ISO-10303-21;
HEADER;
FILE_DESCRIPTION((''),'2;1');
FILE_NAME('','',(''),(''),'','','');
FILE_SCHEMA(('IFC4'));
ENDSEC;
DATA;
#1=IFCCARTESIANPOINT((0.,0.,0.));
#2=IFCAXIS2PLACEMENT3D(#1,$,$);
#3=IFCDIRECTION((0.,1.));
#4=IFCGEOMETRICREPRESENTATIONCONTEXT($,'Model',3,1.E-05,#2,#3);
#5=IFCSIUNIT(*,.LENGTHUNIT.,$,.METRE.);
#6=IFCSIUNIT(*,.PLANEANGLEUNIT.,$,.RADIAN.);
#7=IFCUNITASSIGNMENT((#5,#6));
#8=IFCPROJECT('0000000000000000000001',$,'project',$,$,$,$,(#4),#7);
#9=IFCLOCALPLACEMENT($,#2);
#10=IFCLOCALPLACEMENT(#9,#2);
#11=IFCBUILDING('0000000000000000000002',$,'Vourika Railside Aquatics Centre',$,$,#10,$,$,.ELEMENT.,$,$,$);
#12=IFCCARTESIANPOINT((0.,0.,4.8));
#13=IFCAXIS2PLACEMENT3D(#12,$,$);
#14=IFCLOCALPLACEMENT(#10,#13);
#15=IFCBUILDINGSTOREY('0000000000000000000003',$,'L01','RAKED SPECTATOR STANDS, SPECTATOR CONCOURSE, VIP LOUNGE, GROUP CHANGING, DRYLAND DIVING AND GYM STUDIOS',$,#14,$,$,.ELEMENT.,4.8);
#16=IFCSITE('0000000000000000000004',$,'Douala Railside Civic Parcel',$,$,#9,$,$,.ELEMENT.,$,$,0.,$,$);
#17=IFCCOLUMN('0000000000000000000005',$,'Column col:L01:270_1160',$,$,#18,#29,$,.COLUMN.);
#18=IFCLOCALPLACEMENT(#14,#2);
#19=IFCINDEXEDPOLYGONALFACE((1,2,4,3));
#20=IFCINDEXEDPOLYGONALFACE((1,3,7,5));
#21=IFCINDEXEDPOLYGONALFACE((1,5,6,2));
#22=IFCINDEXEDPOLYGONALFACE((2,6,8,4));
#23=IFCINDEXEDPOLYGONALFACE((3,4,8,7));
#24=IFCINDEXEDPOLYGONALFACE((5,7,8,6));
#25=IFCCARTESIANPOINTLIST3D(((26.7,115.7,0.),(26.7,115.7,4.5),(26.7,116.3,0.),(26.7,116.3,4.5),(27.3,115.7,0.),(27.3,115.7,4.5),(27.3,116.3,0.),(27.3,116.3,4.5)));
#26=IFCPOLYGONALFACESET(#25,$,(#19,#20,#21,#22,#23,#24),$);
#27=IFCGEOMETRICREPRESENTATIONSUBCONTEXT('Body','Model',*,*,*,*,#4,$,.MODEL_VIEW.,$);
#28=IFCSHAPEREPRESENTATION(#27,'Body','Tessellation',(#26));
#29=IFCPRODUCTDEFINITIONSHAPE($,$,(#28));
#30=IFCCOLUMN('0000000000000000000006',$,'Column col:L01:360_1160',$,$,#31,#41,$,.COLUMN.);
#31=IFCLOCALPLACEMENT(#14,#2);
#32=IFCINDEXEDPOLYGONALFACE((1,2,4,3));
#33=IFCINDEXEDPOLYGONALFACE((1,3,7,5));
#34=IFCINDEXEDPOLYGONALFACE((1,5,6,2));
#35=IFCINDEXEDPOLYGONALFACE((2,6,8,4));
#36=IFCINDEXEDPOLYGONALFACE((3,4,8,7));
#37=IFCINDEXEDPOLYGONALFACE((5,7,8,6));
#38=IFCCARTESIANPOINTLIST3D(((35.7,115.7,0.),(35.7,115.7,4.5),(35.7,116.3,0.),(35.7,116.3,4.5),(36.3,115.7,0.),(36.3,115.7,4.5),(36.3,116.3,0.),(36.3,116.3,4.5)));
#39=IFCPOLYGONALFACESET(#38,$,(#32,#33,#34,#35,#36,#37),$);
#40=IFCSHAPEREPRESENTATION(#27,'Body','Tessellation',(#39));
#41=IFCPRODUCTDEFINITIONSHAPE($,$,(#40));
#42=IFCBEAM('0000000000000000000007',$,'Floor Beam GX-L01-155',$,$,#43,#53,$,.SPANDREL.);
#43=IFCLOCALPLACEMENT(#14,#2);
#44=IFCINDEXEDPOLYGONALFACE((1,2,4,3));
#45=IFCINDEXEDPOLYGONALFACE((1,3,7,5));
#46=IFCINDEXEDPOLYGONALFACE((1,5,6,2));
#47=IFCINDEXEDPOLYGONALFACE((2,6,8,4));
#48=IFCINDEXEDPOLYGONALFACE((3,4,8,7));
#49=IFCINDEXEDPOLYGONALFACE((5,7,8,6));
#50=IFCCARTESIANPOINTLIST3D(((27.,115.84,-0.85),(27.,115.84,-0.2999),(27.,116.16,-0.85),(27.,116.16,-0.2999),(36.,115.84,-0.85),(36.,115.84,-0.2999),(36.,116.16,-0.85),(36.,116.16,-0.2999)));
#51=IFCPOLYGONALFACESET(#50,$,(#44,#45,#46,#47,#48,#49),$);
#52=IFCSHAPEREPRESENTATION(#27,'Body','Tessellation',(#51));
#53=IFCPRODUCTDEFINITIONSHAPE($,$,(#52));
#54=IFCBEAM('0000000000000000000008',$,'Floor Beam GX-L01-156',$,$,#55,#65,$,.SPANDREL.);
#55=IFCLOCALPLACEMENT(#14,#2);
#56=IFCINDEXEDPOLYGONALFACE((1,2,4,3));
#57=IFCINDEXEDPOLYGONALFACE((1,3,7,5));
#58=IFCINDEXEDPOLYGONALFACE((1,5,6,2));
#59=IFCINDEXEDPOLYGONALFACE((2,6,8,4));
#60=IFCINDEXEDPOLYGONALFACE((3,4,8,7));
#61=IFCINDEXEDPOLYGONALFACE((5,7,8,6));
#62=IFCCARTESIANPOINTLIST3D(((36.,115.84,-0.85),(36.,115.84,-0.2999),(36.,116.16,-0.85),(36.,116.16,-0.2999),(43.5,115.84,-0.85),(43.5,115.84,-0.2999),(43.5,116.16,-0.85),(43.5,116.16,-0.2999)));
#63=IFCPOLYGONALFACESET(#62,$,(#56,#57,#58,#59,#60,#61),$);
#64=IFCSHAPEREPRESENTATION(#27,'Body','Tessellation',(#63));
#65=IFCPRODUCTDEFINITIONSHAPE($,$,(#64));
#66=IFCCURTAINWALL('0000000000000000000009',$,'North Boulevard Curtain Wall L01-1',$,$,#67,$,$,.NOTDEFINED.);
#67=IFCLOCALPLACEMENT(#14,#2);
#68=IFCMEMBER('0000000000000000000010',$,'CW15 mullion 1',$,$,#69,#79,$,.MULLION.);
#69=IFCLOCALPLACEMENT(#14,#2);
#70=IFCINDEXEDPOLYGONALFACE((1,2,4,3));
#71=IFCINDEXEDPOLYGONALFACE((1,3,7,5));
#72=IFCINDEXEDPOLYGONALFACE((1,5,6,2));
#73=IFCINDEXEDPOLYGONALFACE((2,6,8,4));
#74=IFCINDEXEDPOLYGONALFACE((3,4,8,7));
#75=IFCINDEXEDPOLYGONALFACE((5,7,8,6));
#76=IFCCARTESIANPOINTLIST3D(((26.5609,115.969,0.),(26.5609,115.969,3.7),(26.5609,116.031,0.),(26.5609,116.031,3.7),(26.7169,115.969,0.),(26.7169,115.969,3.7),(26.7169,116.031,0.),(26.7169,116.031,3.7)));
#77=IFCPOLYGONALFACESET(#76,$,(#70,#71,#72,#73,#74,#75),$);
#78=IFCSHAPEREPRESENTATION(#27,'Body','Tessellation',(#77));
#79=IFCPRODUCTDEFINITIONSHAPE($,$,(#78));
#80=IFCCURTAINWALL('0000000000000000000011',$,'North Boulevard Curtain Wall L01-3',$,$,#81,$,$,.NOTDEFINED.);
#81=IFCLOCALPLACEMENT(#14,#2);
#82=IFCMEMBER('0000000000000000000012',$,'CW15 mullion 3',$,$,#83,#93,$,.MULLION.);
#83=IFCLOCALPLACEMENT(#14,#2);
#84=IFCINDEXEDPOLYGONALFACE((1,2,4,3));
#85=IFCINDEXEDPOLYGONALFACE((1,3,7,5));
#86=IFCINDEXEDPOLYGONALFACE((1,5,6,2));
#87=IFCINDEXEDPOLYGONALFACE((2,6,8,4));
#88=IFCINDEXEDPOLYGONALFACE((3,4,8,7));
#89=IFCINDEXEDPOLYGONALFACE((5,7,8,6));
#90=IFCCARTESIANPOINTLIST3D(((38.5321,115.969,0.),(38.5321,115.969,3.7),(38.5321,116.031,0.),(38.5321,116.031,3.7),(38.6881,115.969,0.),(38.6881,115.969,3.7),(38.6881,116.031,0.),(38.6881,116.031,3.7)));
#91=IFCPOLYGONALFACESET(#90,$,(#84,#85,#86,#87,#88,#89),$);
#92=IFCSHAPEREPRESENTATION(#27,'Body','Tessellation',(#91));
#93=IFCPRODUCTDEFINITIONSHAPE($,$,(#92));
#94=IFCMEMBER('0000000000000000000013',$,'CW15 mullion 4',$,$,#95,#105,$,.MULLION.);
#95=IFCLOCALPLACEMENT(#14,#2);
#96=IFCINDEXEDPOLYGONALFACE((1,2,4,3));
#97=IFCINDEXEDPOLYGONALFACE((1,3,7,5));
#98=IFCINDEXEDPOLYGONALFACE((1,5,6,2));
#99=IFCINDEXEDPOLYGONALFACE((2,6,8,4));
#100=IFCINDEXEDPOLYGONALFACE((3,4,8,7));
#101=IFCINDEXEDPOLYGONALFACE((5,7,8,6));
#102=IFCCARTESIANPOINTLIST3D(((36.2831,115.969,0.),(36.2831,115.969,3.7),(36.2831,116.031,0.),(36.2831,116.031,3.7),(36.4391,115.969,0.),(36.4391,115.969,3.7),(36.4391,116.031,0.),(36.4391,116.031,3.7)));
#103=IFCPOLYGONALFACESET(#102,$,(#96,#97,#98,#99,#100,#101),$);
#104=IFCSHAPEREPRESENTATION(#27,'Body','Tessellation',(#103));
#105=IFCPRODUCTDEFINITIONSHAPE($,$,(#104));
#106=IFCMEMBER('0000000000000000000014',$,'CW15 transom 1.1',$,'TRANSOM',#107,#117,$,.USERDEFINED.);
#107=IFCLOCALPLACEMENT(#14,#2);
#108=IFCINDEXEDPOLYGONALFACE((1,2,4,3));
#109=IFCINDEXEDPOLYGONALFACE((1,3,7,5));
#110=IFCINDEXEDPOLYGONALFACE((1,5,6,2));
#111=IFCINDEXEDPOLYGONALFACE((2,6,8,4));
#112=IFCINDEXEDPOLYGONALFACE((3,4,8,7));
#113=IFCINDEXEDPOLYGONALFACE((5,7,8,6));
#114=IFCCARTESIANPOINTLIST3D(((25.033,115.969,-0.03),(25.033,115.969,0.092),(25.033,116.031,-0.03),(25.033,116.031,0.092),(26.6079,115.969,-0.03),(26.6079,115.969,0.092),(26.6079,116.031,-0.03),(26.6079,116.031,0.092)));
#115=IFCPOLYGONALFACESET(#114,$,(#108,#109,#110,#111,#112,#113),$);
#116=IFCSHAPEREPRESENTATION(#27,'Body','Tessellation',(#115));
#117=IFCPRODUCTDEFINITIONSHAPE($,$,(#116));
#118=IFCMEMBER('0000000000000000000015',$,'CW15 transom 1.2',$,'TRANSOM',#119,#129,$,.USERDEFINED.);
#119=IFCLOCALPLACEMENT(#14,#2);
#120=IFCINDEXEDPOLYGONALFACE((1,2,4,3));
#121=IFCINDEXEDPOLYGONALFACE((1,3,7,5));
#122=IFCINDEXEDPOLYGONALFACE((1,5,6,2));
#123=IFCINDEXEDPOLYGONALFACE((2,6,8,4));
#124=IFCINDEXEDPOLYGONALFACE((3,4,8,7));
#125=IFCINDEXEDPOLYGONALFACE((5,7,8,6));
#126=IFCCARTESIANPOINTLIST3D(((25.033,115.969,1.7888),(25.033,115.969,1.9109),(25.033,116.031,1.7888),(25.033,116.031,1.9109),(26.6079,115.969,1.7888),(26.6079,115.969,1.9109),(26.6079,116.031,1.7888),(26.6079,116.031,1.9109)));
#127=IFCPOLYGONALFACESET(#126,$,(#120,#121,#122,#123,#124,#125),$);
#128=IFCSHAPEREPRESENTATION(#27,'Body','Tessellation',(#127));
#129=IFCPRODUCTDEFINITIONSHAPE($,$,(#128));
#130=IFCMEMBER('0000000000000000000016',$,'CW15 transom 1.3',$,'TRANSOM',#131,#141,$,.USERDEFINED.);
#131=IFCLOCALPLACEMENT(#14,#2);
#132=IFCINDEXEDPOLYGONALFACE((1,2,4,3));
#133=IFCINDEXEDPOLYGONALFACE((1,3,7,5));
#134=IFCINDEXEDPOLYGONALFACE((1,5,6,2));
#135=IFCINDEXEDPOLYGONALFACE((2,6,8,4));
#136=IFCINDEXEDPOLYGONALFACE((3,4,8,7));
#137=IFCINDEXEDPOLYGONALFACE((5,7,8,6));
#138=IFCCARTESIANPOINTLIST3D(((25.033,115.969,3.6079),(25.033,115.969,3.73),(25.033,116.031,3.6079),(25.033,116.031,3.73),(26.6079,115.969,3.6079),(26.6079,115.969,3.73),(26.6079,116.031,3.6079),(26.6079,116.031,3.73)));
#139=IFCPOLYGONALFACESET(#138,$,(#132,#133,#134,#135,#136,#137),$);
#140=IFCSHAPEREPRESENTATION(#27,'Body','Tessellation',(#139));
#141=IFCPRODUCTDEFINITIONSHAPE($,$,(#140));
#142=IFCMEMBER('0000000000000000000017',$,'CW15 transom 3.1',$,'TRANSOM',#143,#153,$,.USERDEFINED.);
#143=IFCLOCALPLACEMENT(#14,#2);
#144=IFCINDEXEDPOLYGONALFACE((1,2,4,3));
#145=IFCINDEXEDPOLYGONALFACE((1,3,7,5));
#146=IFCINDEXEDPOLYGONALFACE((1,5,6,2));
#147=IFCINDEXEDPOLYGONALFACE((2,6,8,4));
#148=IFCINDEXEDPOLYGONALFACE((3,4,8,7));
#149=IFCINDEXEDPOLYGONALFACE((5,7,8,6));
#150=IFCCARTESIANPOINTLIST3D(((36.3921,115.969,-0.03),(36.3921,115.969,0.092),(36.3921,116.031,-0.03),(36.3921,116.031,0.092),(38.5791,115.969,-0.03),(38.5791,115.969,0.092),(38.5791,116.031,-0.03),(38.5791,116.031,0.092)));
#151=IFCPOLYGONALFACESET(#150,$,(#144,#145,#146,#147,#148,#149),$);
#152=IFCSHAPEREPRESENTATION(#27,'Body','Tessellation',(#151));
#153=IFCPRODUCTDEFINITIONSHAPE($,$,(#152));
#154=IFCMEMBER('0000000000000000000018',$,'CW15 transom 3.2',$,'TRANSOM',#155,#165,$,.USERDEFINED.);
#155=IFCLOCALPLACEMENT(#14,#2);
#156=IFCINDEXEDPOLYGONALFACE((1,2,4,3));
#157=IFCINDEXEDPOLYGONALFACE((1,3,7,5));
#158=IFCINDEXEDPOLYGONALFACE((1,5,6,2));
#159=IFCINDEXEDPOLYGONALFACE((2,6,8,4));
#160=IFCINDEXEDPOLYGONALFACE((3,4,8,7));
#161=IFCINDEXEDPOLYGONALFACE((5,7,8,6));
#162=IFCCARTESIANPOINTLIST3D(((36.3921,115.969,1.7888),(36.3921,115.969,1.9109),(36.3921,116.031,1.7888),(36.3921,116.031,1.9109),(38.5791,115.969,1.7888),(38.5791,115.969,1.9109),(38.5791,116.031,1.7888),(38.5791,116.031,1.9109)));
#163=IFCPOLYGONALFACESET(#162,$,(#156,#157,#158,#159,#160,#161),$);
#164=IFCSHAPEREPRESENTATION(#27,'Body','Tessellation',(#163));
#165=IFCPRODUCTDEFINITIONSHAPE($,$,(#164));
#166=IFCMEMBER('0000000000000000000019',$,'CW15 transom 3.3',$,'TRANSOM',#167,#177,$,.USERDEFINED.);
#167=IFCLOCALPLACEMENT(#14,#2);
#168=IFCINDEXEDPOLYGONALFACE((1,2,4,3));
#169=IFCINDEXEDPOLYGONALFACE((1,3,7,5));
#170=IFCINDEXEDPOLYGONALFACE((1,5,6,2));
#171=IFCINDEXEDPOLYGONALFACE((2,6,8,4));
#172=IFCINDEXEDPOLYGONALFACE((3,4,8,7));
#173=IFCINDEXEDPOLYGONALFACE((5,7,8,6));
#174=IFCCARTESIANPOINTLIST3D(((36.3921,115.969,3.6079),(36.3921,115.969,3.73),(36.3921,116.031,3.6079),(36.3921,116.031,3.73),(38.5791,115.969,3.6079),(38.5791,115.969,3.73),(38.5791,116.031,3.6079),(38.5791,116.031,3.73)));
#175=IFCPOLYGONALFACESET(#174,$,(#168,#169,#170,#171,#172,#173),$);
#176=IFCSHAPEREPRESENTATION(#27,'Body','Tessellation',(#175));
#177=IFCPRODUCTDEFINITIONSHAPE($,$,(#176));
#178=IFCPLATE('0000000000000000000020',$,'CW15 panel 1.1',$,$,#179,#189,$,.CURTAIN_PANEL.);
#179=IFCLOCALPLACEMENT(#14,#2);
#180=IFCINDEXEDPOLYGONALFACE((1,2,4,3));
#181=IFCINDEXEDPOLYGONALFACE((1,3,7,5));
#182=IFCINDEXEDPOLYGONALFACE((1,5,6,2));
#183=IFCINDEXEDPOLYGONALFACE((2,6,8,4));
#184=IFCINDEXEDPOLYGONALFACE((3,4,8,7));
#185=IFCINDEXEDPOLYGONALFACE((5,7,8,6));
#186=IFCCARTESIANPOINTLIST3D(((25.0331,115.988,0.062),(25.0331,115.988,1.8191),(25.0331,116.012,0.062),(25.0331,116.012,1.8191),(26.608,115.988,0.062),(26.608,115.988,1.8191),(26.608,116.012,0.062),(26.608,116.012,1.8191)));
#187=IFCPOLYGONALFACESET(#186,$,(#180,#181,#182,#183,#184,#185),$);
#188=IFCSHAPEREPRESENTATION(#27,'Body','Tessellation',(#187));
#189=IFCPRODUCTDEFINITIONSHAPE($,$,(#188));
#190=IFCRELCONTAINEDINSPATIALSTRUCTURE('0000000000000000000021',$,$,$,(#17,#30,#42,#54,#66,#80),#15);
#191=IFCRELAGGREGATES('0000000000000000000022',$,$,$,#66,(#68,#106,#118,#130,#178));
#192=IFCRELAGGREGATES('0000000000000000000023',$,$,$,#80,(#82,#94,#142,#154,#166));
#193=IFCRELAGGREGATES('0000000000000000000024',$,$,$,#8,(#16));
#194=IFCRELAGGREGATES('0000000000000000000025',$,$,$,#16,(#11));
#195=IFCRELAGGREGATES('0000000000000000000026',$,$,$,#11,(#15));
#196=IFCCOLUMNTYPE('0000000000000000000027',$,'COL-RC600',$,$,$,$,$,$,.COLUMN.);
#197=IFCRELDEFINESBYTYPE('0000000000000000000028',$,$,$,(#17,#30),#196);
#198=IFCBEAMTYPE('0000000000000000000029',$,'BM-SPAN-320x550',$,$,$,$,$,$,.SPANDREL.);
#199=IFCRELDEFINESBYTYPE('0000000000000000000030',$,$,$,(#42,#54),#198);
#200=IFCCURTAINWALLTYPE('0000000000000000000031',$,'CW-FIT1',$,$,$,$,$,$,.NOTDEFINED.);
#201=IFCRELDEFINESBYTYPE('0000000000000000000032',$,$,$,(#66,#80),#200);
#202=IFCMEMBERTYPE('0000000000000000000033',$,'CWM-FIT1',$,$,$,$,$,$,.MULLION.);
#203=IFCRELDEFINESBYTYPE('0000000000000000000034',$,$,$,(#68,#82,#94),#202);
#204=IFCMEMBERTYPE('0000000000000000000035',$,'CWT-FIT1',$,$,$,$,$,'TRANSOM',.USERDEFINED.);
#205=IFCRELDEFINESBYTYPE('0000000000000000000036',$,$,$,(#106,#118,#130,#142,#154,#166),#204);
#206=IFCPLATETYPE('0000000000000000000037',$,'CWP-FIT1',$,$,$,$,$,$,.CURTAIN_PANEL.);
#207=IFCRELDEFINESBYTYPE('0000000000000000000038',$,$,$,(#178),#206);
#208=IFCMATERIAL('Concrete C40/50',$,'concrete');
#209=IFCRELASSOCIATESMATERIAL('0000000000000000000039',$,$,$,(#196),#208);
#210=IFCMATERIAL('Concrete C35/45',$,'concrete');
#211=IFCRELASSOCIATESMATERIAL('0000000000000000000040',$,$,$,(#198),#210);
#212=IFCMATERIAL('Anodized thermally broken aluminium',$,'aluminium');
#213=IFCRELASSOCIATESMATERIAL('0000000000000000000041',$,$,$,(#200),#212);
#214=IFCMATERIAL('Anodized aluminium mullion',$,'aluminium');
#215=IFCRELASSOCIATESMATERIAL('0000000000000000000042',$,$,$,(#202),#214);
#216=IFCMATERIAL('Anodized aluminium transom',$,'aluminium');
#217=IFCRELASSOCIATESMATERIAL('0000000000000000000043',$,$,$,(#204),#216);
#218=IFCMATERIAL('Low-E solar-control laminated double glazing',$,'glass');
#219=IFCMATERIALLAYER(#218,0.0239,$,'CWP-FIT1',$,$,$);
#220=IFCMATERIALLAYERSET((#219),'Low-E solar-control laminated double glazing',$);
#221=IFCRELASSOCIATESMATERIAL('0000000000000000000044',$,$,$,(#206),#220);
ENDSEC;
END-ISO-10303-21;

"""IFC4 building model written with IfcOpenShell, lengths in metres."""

from ifc_helpers import new_model, si_unit, direction, frame, origin, origin_2d, place, context, subcontext, project, spatial, rectangle, extrude, material, layer, layer_set, material_profile, profile_set, type_object, element, aggregate, save


model = new_model("IFC4")

# Units and contexts
model_context = context("Model", 3, precision=1e-05, world=origin(), true_north=direction((0.0, 1.0)))
body_context = subcontext(model_context, "Body", "Model", "MODEL_VIEW")
ifc_project = project(units=[si_unit("LENGTHUNIT", "METRE"), si_unit("PLANEANGLEUNIT", "RADIAN")], contexts=[model_context])

# Site, building, storey
site_placement = place(None, origin())
site = spatial("IfcSite", under=ifc_project, at=site_placement, Name="Douala Railside Civic Parcel", CompositionType="ELEMENT", RefElevation=0.0)
building_placement = place(site_placement, origin())
building = spatial("IfcBuilding", under=site, at=building_placement, Name="Vourika Railside Aquatics Centre", CompositionType="ELEMENT")
storey_placement = place(building_placement, frame((0.0, 0.0, 4.8)))
storey = spatial("IfcBuildingStorey", under=building, at=storey_placement, Name="L01", Description="RAKED SPECTATOR STANDS, SPECTATOR CONCOURSE, VIP LOUNGE, GROUP CHANGING, DRYLAND DIVING AND GYM STUDIOS", CompositionType="ELEMENT", Elevation=4.8)

# Columns
ifc_material_1 = material(Name="Concrete C40/50", Category="concrete")
ifc_material_profile_1 = material_profile(ifc_material_1, rectangle(XDim=0.6001, YDim=0.6001, at=origin_2d()), Name="RC 600x600")
ifc_profile_set_1 = profile_set([ifc_material_profile_1], Name="Concrete C40/50")
column_type = type_object("IfcColumnType", Name="COL-RC600", PredefinedType="COLUMN", material=ifc_profile_set_1)
for number, where, z_axis, x_axis, name in (
    (1, (27.0, 116.0, 0.0), (0.0, 0.0, 1.0), (1.0, 0.0, 0.0), "Column col:L01:270_1160"),
    (2, (36.0, 116.0, 0.0), (0.0, 0.0, 1.0), (1.0, 0.0, 0.0), "Column col:L01:360_1160"),
):
    element("IfcColumn", number, at=place(storey_placement, frame(where, z_axis=z_axis, x_axis=x_axis)), inside=storey, type_object=column_type, Name=name, PredefinedType="COLUMN", context=body_context, shape_type="SweptSolid", body=[
        extrude(rectangle(XDim=0.6001, YDim=0.6001, at=origin_2d()), origin(), (0.0, 0.0, 1.0), 4.5),
    ])

# Beams
ifc_material_2 = material(Name="Concrete C35/45", Category="concrete")
ifc_material_profile_2 = material_profile(ifc_material_2, rectangle(XDim=0.3201, YDim=0.55, at=origin_2d()), Name="RC 320x550")
ifc_profile_set_2 = profile_set([ifc_material_profile_2], Name="Concrete C35/45")
beam_type = type_object("IfcBeamType", Name="BM-SPAN-320x550", PredefinedType="SPANDREL", material=ifc_profile_set_2)
beam_1_placement = place(storey_placement, frame((27.0, 116.0, -0.575), z_axis=(1.0, 0.0, 0.0), x_axis=(0.0, 1.0, 0.0)))
element("IfcBeam", 3, at=beam_1_placement, inside=storey, type_object=beam_type, Name="Floor Beam GX-L01-155", PredefinedType="SPANDREL", context=body_context, shape_type="SweptSolid", body=[
    extrude(rectangle(XDim=0.3201, YDim=0.55, at=origin_2d()), origin(), (0.0, 0.0, 1.0), 9.0),
])
beam_2_placement = place(storey_placement, frame((36.0, 116.0, -0.575), z_axis=(1.0, 0.0, 0.0), x_axis=(0.0, 1.0, 0.0)))
element("IfcBeam", 4, at=beam_2_placement, inside=storey, type_object=beam_type, Name="Floor Beam GX-L01-156", PredefinedType="SPANDREL", context=body_context, shape_type="SweptSolid", body=[
    extrude(rectangle(XDim=0.3201, YDim=0.55, at=origin_2d()), origin(), (0.0, 0.0, 1.0), 7.5),
])

# Curtain wall, member
ifc_material_3 = material(Name="Anodized thermally broken aluminium", Category="aluminium")
curtain_wall_type = type_object("IfcCurtainWallType", Name="CW-FIT1", PredefinedType="NOTDEFINED", material=ifc_material_3)
curtain_wall_1_placement = place(storey_placement, origin())
curtain_wall_1 = element("IfcCurtainWall", 5, at=curtain_wall_1_placement, inside=storey, type_object=curtain_wall_type, Name="North Boulevard Curtain Wall L01-1", PredefinedType="NOTDEFINED")
ifc_material_4 = material(Name="Anodized aluminium mullion", Category="aluminium")
ifc_material_profile_3 = material_profile(ifc_material_4, rectangle(XDim=0.062, YDim=0.156, at=origin_2d()), Name="ALU-M 62x156")
ifc_profile_set_3 = profile_set([ifc_material_profile_3], Name="Anodized aluminium mullion")
member_type_1 = type_object("IfcMemberType", Name="CWM-FIT1", PredefinedType="MULLION", material=ifc_profile_set_3)
member_1_placement = place(storey_placement, frame((26.6389, 116.0, 0.0), z_axis=(0.0, 0.0, 1.0), x_axis=(0.0, -1.0, 0.0)))
member_1 = element("IfcMember", 6, at=member_1_placement, type_object=member_type_1, Name="CW15 mullion 1", PredefinedType="MULLION", context=body_context, shape_type="SweptSolid", body=[
    extrude(rectangle(XDim=0.062, YDim=0.156, at=origin_2d()), origin(), (0.0, 0.0, 1.0), 3.7),
])

# Curtain wall, members
curtain_wall_2_placement = place(storey_placement, origin())
curtain_wall_2 = element("IfcCurtainWall", 7, at=curtain_wall_2_placement, inside=storey, type_object=curtain_wall_type, Name="North Boulevard Curtain Wall L01-3", PredefinedType="NOTDEFINED")
member_2_placement = place(storey_placement, frame((38.6101, 116.0, 0.0), z_axis=(0.0, 0.0, 1.0), x_axis=(0.0, -1.0, 0.0)))
member_2 = element("IfcMember", 8, at=member_2_placement, type_object=member_type_1, Name="CW15 mullion 3", PredefinedType="MULLION", context=body_context, shape_type="SweptSolid", body=[
    extrude(rectangle(XDim=0.062, YDim=0.156, at=origin_2d()), origin(), (0.0, 0.0, 1.0), 3.7),
])
member_3_placement = place(storey_placement, frame((36.3611, 116.0, 0.0), z_axis=(0.0, 0.0, 1.0), x_axis=(0.0, -1.0, 0.0)))
member_3 = element("IfcMember", 9, at=member_3_placement, type_object=member_type_1, Name="CW15 mullion 4", PredefinedType="MULLION", context=body_context, shape_type="SweptSolid", body=[
    extrude(rectangle(XDim=0.062, YDim=0.156, at=origin_2d()), origin(), (0.0, 0.0, 1.0), 3.7),
])

# Members
ifc_material_5 = material(Name="Anodized aluminium transom", Category="aluminium")
ifc_material_profile_4 = material_profile(ifc_material_5, rectangle(XDim=0.062, YDim=0.1221, at=origin_2d()), Name="ALU-T 62x122")
ifc_profile_set_4 = profile_set([ifc_material_profile_4], Name="Anodized aluminium transom")
member_type_2 = type_object("IfcMemberType", Name="CWT-FIT1", ElementType="TRANSOM", PredefinedType="USERDEFINED", material=ifc_profile_set_4)
member_4_placement = place(storey_placement, frame((26.6079, 116.0, 0.031), z_axis=(-1.0, 0.0, 0.0), x_axis=(0.0, -1.0, 0.0)))
member_4 = element("IfcMember", 10, at=member_4_placement, type_object=member_type_2, Name="CW15 transom 1.1", ObjectType="TRANSOM", PredefinedType="USERDEFINED", context=body_context, shape_type="SweptSolid", body=[
    extrude(rectangle(XDim=0.062, YDim=0.1221, at=origin_2d()), origin(), (0.0, 0.0, 1.0), 1.575),
])
member_5_placement = place(storey_placement, frame((26.6079, 116.0, 1.8499), z_axis=(-1.0, 0.0, 0.0), x_axis=(0.0, -1.0, 0.0)))
member_5 = element("IfcMember", 11, at=member_5_placement, type_object=member_type_2, Name="CW15 transom 1.2", ObjectType="TRANSOM", PredefinedType="USERDEFINED", context=body_context, shape_type="SweptSolid", body=[
    extrude(rectangle(XDim=0.062, YDim=0.1221, at=origin_2d()), origin(), (0.0, 0.0, 1.0), 1.575),
])
member_6_placement = place(storey_placement, frame((26.6079, 116.0, 3.6689), z_axis=(-1.0, 0.0, 0.0), x_axis=(0.0, -1.0, 0.0)))
member_6 = element("IfcMember", 12, at=member_6_placement, type_object=member_type_2, Name="CW15 transom 1.3", ObjectType="TRANSOM", PredefinedType="USERDEFINED", context=body_context, shape_type="SweptSolid", body=[
    extrude(rectangle(XDim=0.062, YDim=0.1221, at=origin_2d()), origin(), (0.0, 0.0, 1.0), 1.575),
])
member_7_placement = place(storey_placement, frame((38.5791, 116.0, 0.031), z_axis=(-1.0, 0.0, 0.0), x_axis=(0.0, -1.0, 0.0)))
member_7 = element("IfcMember", 13, at=member_7_placement, type_object=member_type_2, Name="CW15 transom 3.1", ObjectType="TRANSOM", PredefinedType="USERDEFINED", context=body_context, shape_type="SweptSolid", body=[
    extrude(rectangle(XDim=0.062, YDim=0.1221, at=origin_2d()), origin(), (0.0, 0.0, 1.0), 2.187),
])
member_8_placement = place(storey_placement, frame((38.5791, 116.0, 1.8499), z_axis=(-1.0, 0.0, 0.0), x_axis=(0.0, -1.0, 0.0)))
member_8 = element("IfcMember", 14, at=member_8_placement, type_object=member_type_2, Name="CW15 transom 3.2", ObjectType="TRANSOM", PredefinedType="USERDEFINED", context=body_context, shape_type="SweptSolid", body=[
    extrude(rectangle(XDim=0.062, YDim=0.1221, at=origin_2d()), origin(), (0.0, 0.0, 1.0), 2.187),
])
member_9_placement = place(storey_placement, frame((38.5791, 116.0, 3.6689), z_axis=(-1.0, 0.0, 0.0), x_axis=(0.0, -1.0, 0.0)))
member_9 = element("IfcMember", 15, at=member_9_placement, type_object=member_type_2, Name="CW15 transom 3.3", ObjectType="TRANSOM", PredefinedType="USERDEFINED", context=body_context, shape_type="SweptSolid", body=[
    extrude(rectangle(XDim=0.062, YDim=0.1221, at=origin_2d()), origin(), (0.0, 0.0, 1.0), 2.187),
])

# Plate
ifc_material_6 = material(Name="Low-E solar-control laminated double glazing", Category="glass")
ifc_layer_1 = layer(ifc_material_6, 0.0239, Name="CWP-FIT1")
ifc_layer_set_1 = layer_set([ifc_layer_1], Name="Low-E solar-control laminated double glazing")
plate_type = type_object("IfcPlateType", Name="CWP-FIT1", PredefinedType="CURTAIN_PANEL", material=ifc_layer_set_1)
plate_1_placement = place(storey_placement, frame((25.8206, 116.0, 0.062), z_axis=(0.0, 0.0, 1.0), x_axis=(-1.0, 0.0, 0.0)))
plate_1 = element("IfcPlate", 16, at=plate_1_placement, type_object=plate_type, Name="CW15 panel 1.1", PredefinedType="CURTAIN_PANEL", context=body_context, shape_type="SweptSolid", body=[
    extrude(rectangle(XDim=1.575, YDim=0.0239, at=origin_2d()), origin(), (0.0, 0.0, 1.0), 1.7571),
])
aggregate(curtain_wall_1, [member_1, member_4, member_5, member_6, plate_1])
aggregate(curtain_wall_2, [member_2, member_3, member_7, member_8, member_9])

save(model, "model.ifc")
